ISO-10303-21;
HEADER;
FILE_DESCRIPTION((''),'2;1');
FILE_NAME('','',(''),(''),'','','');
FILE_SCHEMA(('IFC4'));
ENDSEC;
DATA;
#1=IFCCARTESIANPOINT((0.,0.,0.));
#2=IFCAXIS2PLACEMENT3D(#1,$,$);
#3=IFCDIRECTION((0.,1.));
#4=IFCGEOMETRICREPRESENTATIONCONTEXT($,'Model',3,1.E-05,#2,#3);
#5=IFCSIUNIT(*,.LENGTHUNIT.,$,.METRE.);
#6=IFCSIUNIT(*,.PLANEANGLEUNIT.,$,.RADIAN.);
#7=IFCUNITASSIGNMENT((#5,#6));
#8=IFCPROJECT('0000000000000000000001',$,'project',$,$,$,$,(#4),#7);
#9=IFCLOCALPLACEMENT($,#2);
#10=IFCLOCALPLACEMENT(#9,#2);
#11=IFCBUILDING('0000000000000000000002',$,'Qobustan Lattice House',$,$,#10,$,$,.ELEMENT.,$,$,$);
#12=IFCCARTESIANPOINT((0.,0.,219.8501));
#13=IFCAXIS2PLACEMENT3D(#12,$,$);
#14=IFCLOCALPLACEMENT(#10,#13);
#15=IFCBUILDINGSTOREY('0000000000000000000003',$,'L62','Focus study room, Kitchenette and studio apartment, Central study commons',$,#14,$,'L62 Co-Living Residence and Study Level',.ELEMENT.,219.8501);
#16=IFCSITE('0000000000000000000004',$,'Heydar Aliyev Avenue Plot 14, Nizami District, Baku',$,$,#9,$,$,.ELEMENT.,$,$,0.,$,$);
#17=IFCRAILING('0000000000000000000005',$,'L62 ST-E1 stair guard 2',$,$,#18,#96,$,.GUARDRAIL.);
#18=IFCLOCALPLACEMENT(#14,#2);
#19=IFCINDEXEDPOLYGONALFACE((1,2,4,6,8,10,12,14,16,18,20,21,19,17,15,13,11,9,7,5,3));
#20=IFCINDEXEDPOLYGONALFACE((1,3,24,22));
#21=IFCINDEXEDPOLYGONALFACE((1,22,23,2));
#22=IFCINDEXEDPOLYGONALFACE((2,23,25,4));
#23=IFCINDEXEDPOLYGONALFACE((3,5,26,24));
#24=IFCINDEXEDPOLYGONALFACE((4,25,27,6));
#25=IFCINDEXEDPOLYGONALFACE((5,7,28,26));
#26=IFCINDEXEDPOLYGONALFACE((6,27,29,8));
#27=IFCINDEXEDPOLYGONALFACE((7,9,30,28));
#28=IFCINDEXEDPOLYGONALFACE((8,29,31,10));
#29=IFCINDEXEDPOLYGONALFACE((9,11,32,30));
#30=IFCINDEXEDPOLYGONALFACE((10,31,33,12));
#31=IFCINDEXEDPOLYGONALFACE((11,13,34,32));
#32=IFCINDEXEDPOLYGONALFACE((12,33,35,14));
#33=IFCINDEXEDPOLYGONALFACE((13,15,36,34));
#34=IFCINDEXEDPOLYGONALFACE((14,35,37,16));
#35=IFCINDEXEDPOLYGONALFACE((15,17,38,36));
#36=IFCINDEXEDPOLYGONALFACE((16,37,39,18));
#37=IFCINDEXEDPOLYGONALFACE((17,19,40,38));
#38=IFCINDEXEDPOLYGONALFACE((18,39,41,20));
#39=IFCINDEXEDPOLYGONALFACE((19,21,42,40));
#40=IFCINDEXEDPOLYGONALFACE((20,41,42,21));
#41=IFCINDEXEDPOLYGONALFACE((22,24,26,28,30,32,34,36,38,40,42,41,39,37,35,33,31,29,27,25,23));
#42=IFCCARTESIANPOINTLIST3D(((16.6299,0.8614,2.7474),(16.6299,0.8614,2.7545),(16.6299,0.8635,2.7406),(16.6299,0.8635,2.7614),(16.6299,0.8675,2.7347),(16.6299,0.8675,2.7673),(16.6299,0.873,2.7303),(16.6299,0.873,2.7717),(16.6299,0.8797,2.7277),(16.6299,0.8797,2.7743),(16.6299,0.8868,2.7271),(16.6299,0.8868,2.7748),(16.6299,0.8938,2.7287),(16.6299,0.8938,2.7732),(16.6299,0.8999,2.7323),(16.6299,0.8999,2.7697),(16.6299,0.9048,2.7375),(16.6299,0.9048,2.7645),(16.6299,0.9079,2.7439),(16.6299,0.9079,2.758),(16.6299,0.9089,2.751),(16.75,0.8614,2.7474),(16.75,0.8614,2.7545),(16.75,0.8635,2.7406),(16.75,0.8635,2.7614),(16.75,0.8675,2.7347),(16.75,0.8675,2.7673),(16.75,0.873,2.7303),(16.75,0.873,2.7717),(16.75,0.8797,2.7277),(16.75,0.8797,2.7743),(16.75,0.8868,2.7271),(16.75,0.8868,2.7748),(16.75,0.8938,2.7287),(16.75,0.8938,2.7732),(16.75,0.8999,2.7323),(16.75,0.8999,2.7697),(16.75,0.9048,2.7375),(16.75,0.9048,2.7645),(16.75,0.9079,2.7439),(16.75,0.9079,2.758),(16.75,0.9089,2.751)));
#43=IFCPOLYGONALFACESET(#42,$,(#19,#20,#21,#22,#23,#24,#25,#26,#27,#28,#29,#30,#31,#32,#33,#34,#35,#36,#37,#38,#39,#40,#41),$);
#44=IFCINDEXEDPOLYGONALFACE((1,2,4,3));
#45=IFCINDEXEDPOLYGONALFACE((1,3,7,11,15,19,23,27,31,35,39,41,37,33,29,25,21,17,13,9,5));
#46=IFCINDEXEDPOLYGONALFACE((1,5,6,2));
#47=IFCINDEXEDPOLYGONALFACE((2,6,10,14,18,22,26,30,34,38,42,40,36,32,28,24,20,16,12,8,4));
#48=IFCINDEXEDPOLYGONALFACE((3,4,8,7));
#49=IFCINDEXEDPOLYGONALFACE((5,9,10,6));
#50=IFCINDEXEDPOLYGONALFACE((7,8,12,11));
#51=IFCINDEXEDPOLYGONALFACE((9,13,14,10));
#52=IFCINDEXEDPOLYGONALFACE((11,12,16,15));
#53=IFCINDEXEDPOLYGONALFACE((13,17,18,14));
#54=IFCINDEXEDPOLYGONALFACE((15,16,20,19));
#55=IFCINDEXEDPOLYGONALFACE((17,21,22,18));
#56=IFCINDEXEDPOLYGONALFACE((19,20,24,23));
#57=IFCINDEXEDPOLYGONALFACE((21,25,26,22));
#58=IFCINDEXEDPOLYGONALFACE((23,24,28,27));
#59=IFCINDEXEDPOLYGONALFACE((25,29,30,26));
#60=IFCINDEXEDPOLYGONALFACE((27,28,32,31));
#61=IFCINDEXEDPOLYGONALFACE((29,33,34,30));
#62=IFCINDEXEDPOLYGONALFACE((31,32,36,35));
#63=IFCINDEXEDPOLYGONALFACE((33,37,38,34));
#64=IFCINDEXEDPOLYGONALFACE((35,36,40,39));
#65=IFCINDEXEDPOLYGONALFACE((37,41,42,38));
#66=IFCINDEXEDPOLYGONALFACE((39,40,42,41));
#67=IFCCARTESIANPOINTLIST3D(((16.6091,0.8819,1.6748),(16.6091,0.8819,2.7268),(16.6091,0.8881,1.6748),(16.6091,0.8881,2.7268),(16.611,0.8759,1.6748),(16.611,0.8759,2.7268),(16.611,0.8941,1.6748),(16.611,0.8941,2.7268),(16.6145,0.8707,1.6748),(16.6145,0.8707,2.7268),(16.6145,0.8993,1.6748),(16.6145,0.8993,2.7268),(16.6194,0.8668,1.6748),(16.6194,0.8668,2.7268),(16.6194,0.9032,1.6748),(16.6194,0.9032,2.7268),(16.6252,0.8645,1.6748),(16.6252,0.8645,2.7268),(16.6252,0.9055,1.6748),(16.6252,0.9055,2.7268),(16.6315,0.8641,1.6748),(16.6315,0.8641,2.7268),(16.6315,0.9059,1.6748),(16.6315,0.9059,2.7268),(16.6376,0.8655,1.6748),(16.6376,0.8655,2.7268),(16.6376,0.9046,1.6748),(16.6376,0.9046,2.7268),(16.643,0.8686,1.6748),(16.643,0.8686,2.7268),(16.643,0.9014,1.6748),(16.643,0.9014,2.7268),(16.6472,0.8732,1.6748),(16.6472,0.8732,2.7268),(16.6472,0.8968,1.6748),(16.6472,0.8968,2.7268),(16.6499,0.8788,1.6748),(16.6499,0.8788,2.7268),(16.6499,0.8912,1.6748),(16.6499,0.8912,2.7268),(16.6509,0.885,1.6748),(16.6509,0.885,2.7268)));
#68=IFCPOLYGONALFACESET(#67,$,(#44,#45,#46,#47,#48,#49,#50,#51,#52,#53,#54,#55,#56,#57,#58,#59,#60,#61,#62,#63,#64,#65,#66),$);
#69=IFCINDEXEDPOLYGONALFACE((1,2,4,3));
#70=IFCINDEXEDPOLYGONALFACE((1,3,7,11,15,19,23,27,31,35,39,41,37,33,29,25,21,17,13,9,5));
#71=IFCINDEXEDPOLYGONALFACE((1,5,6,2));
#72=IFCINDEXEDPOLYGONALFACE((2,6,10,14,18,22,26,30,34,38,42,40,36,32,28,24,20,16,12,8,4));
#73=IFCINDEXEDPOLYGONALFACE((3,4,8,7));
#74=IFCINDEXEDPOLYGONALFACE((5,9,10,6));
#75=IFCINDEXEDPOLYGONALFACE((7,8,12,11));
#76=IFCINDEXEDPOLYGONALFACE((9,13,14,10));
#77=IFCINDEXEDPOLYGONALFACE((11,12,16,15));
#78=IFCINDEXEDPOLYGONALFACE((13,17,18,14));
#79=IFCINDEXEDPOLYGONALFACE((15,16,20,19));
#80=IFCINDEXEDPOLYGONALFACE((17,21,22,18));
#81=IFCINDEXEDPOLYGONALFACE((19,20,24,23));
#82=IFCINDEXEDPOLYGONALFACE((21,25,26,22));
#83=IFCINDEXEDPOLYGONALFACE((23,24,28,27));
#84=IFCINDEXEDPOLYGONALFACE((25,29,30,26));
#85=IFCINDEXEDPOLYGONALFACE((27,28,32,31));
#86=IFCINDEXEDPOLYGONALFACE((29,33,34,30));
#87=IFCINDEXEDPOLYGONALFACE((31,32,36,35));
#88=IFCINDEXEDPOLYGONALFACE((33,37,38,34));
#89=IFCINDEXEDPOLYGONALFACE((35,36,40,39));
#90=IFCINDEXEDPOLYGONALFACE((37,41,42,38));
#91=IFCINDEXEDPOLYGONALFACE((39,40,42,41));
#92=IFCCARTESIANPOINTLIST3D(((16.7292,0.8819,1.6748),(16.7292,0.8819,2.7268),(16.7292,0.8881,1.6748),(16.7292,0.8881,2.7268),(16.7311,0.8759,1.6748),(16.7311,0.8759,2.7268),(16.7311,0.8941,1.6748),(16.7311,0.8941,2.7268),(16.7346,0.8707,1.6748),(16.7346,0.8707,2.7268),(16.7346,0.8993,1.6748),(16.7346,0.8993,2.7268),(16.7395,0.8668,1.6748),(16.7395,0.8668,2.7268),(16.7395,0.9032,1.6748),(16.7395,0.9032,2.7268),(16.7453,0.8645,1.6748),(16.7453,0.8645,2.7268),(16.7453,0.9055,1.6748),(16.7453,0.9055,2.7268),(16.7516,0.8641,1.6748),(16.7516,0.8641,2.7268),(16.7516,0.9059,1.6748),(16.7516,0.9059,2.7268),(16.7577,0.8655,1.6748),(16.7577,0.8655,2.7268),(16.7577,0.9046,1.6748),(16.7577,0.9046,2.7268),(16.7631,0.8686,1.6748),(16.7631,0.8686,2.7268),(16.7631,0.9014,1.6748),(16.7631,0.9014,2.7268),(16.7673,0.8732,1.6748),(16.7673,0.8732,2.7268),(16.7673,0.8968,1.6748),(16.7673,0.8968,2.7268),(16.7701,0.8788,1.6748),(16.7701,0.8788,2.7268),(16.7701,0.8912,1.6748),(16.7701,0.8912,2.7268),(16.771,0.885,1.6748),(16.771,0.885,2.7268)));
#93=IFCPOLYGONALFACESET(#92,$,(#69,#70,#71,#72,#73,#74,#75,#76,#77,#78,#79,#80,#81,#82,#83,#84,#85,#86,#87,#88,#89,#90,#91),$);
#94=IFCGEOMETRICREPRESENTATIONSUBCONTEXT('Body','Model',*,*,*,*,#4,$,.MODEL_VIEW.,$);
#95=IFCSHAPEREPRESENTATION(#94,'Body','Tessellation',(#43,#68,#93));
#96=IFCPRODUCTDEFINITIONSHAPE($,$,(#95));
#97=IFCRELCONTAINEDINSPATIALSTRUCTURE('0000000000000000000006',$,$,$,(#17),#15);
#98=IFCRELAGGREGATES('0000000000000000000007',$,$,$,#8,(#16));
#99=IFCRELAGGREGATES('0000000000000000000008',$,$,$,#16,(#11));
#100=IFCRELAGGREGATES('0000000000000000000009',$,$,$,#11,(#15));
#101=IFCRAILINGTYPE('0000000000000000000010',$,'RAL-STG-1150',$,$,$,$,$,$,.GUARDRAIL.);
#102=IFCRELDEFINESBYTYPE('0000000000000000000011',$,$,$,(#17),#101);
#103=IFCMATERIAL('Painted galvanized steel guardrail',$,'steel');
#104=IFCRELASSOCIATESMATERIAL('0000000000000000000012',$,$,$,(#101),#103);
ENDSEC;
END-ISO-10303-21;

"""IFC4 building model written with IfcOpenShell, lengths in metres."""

from ifc_helpers import new_model, si_unit, direction, frame, origin, origin_2d, place, context, subcontext, project, spatial, circle, extrude, material, type_object, element, save


model = new_model("IFC4")

# Units and contexts
model_context = context("Model", 3, precision=1e-05, world=origin(), true_north=direction((0.0, 1.0)))
body_context = subcontext(model_context, "Body", "Model", "MODEL_VIEW")
ifc_project = project(units=[si_unit("LENGTHUNIT", "METRE"), si_unit("PLANEANGLEUNIT", "RADIAN")], contexts=[model_context])

# Site, building, storey
site_placement = place(None, origin())
site = spatial("IfcSite", under=ifc_project, at=site_placement, Name="Heydar Aliyev Avenue Plot 14, Nizami District, Baku", CompositionType="ELEMENT", RefElevation=0.0)
building_placement = place(site_placement, origin())
building = spatial("IfcBuilding", under=site, at=building_placement, Name="Qobustan Lattice House", CompositionType="ELEMENT")
storey_placement = place(building_placement, frame((0.0, 0.0, 219.8501)))
storey = spatial("IfcBuildingStorey", under=building, at=storey_placement, Name="L62", Description="Focus study room, Kitchenette and studio apartment, Central study commons", LongName="L62 Co-Living Residence and Study Level", CompositionType="ELEMENT", Elevation=219.8501)

# Railing
ifc_material_1 = material(Name="Painted galvanized steel guardrail", Category="steel")
railing_type_1 = type_object("IfcRailingType", Name="RAL-STG-1150", PredefinedType="GUARDRAIL", material=ifc_material_1)
railing_1_placement = place(storey_placement, frame((16.6299, 0.885, 1.6748)))
element("IfcRailing", 1, at=railing_1_placement, inside=storey, type_object=railing_type_1, Name="L62 ST-E1 stair guard 2", PredefinedType="GUARDRAIL", context=body_context, shape_type="SweptSolid", body=[
    extrude(circle(Radius=0.0239, at=origin_2d()), frame((0.0, 0.0, 1.0762), z_axis=(1.0, 0.0, 0.0), x_axis=(0.0, 1.0, 0.0)), (0.0, 0.0, 1.0), 0.1201),
    extrude(circle(Radius=0.021, at=origin_2d()), origin(), (0.0, 0.0, 1.0), 1.052),
    extrude(circle(Radius=0.021, at=origin_2d()), frame((0.1201, 0.0, 0.0)), (0.0, 0.0, 1.0), 1.052),
])

save(model, "model.ifc")
